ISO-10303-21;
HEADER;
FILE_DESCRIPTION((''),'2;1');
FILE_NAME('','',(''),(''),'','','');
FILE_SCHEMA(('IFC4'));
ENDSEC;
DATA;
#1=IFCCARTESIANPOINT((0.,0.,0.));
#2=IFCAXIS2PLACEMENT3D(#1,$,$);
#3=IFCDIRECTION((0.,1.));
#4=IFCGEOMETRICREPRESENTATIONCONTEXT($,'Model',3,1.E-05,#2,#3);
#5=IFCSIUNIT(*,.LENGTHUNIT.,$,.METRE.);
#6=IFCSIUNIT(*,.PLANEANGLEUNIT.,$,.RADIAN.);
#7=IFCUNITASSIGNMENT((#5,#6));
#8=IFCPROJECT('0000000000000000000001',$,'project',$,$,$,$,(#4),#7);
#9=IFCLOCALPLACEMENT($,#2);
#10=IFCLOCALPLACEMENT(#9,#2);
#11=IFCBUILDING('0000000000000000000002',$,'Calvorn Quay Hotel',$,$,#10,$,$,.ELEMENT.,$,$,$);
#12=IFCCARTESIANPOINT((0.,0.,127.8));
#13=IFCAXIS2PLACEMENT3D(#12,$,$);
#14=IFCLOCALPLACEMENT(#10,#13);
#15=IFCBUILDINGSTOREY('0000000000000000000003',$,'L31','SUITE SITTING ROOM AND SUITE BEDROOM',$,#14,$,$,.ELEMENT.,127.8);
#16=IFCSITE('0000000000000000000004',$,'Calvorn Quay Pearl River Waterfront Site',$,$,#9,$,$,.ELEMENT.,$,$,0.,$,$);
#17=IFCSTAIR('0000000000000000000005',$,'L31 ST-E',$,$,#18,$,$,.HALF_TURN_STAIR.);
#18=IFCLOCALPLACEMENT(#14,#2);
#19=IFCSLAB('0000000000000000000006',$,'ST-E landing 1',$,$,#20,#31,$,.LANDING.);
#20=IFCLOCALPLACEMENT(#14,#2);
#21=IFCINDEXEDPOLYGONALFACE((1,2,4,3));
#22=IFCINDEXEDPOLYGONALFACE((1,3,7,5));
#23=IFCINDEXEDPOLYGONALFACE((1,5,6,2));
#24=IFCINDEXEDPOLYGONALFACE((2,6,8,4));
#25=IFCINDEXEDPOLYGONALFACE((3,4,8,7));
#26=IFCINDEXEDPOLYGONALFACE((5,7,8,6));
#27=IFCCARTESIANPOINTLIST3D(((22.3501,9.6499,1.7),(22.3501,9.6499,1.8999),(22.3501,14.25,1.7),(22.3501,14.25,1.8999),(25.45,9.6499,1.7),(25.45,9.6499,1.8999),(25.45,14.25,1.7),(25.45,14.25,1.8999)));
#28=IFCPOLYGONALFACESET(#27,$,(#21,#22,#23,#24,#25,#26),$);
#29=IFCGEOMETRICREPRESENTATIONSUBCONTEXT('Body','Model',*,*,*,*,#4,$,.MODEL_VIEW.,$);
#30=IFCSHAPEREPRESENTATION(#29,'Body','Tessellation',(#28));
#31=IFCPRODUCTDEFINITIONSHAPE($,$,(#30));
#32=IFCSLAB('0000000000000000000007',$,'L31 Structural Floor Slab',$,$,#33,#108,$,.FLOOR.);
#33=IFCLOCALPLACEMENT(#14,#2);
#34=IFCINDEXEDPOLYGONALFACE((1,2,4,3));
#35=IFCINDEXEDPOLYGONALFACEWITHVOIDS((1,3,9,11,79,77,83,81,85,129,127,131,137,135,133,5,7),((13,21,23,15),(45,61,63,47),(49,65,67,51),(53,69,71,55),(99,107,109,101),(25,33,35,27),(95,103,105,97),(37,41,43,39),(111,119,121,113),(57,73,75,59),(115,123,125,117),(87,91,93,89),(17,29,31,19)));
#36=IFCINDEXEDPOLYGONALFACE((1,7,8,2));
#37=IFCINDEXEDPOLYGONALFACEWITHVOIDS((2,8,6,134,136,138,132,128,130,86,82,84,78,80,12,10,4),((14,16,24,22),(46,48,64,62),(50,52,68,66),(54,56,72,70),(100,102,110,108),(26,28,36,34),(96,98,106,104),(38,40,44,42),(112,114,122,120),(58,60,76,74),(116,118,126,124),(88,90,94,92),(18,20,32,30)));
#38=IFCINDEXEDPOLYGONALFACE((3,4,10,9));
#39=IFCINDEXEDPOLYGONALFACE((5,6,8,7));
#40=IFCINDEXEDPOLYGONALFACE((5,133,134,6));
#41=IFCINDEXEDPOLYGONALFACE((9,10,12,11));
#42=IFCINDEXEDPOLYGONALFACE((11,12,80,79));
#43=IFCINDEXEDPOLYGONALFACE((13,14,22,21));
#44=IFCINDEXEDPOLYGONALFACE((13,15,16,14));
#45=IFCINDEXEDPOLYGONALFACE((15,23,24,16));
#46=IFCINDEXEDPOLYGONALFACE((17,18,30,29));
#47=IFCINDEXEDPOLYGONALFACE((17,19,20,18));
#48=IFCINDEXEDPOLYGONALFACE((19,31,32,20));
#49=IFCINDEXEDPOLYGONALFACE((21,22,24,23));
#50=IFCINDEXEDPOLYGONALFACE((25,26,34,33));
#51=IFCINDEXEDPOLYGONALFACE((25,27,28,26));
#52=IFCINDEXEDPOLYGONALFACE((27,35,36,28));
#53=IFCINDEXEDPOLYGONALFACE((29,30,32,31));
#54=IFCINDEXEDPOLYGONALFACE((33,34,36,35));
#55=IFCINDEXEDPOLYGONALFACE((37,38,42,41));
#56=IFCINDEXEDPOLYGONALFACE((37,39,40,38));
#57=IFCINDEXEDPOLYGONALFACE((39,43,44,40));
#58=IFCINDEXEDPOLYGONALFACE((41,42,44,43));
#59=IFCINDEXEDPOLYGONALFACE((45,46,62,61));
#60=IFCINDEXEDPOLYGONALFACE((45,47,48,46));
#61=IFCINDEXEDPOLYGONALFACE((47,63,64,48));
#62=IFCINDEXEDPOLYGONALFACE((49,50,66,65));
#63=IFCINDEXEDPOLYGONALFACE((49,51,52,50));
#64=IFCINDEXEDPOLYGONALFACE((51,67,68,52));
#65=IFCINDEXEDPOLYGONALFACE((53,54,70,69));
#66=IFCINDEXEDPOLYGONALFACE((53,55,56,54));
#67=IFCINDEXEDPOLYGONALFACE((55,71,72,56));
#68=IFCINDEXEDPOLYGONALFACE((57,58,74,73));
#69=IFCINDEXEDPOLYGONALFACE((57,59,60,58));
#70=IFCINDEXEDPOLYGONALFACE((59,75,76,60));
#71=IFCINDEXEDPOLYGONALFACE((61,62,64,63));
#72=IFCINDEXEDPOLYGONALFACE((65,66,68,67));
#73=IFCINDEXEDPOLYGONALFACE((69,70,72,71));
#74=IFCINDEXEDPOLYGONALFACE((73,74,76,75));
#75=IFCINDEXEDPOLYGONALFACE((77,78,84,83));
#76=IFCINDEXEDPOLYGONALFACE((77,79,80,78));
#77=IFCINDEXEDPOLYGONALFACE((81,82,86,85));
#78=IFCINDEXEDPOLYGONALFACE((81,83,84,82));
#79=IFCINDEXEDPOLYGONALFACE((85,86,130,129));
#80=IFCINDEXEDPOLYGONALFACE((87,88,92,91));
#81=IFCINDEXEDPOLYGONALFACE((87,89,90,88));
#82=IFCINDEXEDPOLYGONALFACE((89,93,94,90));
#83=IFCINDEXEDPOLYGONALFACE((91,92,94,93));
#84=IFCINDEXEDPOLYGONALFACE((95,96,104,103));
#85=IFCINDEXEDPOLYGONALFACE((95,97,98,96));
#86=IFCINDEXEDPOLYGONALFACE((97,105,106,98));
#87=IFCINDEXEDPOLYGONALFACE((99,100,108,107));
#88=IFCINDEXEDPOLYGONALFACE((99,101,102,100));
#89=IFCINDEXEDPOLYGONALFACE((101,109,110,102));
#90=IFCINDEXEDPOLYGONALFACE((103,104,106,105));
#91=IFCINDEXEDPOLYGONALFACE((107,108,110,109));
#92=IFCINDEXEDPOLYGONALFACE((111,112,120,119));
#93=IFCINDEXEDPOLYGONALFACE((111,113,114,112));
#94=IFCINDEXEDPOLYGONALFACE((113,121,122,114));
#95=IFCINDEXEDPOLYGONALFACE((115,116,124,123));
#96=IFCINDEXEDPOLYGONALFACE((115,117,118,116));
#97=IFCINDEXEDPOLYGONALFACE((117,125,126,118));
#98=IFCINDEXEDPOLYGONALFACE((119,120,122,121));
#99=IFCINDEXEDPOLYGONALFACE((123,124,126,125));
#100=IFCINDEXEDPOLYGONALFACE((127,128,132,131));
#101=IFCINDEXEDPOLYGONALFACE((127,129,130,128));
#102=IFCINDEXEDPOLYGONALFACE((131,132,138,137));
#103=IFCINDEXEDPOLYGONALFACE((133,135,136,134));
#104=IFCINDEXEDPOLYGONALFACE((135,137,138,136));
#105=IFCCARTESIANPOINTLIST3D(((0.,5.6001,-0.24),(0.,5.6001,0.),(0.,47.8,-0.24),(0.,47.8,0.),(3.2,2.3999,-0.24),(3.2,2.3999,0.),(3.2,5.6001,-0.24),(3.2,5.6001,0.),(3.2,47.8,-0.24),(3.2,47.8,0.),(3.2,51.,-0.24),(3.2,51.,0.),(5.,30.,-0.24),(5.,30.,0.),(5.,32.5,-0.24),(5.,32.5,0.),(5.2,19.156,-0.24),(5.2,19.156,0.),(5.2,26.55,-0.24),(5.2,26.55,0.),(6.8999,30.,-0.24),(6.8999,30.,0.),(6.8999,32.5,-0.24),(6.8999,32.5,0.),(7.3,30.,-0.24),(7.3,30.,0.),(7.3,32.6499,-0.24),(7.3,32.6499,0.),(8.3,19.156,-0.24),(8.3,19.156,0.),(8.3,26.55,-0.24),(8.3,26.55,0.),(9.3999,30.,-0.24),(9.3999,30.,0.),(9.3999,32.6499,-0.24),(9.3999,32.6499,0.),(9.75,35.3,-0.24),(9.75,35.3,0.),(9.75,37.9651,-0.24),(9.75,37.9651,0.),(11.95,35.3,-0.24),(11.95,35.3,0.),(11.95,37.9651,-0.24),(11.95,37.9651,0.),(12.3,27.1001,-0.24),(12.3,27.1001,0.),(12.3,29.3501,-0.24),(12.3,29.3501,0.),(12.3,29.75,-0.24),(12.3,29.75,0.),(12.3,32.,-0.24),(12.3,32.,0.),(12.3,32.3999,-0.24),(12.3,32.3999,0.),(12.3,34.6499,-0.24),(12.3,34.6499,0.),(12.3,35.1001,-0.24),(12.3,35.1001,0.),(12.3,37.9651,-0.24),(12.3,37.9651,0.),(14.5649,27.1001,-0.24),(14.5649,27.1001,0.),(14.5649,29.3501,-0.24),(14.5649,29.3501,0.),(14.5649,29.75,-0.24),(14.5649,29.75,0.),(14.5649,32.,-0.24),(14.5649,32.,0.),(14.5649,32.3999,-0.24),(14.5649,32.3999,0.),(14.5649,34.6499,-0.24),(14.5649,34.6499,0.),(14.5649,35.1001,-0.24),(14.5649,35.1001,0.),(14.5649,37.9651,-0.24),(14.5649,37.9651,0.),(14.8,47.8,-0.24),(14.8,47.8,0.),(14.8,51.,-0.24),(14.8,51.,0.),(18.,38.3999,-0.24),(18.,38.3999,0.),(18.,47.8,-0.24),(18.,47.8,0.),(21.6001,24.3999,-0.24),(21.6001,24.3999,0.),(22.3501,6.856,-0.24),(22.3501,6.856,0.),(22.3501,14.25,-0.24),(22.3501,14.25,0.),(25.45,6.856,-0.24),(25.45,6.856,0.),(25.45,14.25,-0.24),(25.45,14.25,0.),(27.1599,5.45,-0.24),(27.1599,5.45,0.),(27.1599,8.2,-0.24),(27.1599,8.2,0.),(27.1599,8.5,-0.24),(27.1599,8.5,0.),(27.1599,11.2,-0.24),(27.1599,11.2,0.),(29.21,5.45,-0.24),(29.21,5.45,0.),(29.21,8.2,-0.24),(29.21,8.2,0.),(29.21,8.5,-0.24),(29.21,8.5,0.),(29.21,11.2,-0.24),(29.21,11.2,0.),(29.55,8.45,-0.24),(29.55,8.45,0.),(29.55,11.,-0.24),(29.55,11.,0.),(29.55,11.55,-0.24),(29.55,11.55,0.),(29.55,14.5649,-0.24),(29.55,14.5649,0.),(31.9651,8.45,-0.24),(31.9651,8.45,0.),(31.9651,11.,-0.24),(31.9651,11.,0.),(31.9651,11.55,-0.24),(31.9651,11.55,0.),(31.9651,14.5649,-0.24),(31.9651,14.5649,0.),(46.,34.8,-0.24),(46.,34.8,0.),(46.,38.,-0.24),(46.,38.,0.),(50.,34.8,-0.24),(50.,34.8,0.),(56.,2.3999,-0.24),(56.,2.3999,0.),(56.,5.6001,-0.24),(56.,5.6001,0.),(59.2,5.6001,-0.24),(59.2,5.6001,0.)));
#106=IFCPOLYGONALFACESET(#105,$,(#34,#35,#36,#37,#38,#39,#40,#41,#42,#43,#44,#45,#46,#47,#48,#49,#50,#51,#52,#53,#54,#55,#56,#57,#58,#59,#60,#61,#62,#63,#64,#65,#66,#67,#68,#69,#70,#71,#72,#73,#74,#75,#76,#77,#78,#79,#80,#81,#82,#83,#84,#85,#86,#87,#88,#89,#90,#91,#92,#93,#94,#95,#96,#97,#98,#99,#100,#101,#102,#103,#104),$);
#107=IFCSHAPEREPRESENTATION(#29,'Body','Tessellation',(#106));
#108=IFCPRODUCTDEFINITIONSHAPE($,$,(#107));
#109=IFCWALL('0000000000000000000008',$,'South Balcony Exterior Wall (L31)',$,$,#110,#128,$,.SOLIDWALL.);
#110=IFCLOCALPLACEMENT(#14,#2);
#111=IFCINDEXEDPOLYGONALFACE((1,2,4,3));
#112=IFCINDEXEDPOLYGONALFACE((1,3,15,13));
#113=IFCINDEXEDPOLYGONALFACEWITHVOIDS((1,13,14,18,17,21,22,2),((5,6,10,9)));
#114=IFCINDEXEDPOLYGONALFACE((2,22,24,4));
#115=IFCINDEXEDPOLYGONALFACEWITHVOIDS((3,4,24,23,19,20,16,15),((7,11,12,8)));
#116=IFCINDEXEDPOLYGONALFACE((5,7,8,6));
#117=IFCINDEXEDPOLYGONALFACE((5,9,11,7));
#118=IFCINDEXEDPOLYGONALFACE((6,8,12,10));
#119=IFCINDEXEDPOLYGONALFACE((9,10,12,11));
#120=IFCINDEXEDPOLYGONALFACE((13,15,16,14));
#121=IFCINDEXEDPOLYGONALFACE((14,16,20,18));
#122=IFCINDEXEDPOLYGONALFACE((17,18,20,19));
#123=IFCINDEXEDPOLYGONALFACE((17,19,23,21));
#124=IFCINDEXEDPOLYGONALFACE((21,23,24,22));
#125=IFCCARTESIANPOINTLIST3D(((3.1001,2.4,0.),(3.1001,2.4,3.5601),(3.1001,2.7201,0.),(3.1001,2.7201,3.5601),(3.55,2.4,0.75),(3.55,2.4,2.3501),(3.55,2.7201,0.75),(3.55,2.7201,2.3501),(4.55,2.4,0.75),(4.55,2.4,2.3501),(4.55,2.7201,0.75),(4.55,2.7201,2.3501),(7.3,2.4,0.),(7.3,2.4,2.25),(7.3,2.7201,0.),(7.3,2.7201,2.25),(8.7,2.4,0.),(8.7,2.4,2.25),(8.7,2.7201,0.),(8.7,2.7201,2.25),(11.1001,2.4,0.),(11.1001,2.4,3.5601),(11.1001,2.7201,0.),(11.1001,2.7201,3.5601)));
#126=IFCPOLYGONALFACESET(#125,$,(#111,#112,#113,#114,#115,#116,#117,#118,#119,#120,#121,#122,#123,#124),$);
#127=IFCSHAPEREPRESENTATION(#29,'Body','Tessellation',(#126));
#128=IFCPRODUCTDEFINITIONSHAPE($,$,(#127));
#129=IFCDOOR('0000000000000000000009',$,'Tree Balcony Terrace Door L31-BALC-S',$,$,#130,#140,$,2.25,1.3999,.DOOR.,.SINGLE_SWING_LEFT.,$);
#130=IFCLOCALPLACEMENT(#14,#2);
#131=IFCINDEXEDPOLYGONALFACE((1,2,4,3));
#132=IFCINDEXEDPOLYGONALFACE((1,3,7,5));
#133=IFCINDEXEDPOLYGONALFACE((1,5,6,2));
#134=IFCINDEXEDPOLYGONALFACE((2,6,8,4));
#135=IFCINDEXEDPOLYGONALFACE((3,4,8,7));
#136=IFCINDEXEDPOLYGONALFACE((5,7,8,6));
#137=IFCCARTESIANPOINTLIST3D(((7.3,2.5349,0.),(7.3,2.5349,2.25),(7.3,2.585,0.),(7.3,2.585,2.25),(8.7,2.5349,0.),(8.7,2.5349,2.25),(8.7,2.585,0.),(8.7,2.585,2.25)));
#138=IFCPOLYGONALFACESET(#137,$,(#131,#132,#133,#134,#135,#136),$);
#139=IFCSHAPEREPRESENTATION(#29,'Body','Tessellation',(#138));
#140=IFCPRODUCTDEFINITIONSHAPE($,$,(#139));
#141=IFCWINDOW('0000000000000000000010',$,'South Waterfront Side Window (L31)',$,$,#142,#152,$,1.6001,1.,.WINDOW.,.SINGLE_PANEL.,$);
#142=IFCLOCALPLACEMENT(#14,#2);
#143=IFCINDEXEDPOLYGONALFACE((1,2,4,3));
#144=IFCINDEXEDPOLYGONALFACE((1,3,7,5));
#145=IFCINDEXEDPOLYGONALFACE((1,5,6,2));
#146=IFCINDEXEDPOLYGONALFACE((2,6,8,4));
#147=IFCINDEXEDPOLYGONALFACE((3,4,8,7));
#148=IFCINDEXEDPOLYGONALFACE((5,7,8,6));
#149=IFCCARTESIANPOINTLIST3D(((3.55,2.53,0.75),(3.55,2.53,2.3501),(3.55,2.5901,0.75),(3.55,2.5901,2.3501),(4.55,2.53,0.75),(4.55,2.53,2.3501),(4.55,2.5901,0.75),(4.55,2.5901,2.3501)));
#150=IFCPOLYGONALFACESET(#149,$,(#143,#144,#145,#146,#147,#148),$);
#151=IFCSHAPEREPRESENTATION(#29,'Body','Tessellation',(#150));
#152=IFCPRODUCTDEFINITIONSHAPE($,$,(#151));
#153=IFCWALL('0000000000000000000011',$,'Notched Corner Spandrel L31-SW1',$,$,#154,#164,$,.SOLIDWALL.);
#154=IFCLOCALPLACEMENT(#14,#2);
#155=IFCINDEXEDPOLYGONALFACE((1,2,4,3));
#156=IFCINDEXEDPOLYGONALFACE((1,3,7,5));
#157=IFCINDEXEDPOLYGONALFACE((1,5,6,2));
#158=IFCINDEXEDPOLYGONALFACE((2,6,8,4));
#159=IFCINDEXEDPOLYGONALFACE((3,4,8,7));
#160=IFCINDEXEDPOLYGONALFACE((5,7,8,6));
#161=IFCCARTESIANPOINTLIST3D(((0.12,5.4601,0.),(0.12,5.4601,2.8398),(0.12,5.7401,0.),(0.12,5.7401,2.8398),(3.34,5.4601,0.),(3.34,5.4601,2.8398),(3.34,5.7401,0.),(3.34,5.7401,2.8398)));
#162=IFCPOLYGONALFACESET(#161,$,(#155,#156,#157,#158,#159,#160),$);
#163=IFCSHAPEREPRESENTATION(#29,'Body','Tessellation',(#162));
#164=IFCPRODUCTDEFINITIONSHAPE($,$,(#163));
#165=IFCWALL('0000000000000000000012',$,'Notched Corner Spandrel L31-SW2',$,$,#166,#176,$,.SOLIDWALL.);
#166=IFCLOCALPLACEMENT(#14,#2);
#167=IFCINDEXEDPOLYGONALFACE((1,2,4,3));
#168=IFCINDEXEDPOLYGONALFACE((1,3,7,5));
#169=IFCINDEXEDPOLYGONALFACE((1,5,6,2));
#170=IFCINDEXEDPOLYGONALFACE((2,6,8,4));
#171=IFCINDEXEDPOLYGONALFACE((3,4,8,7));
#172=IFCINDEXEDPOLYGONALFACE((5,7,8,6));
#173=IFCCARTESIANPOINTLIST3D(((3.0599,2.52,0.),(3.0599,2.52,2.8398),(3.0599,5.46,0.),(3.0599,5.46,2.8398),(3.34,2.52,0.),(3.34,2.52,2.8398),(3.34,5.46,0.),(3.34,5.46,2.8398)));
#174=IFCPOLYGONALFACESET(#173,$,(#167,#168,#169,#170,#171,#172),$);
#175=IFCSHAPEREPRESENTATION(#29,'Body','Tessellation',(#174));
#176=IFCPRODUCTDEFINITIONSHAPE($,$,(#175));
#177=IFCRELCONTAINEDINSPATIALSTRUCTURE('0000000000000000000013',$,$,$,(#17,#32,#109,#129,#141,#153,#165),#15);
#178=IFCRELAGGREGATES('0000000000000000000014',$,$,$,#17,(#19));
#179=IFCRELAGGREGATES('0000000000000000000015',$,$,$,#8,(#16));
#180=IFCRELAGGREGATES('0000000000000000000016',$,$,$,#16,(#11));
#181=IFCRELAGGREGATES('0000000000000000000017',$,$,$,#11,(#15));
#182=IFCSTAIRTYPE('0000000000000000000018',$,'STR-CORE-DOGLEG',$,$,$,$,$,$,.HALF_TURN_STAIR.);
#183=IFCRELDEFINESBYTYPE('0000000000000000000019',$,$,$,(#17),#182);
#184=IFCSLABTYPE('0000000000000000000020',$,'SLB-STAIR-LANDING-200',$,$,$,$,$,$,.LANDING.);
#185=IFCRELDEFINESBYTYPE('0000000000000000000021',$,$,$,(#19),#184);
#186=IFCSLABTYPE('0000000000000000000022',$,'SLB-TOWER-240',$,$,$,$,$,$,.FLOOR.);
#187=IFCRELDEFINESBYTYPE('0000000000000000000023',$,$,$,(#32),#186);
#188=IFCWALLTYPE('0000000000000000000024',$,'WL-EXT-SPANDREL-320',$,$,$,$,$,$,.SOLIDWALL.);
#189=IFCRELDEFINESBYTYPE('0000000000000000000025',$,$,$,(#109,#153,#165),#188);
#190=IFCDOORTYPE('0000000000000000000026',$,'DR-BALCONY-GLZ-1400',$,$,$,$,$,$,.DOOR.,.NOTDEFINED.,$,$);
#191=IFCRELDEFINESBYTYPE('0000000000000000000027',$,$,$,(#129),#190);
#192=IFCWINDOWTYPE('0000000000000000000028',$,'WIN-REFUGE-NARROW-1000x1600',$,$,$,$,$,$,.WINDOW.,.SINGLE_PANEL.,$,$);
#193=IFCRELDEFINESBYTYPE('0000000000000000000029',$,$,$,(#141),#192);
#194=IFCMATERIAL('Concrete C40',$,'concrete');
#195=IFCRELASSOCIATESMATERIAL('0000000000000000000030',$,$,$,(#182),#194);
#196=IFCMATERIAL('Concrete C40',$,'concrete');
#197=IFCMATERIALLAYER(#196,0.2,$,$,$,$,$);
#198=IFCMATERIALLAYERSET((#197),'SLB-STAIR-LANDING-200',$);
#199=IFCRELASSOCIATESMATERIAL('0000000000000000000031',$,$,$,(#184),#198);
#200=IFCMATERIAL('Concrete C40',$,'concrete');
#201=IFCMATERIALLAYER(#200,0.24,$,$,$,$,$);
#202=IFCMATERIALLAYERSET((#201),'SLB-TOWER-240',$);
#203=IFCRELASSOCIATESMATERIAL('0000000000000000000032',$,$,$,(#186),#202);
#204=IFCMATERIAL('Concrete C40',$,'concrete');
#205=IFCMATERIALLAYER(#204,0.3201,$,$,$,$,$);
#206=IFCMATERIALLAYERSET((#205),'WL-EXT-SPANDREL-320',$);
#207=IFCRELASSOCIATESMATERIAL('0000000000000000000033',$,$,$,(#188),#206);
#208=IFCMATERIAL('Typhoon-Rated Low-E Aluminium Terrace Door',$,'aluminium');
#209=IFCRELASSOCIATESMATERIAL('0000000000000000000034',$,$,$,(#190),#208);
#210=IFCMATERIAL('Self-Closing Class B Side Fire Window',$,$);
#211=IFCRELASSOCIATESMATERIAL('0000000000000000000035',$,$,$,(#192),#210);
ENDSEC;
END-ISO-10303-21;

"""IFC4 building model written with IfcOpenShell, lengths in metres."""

from ifc_helpers import new_model, si_unit, direction, frame, frame_2d, origin, place, context, subcontext, project, spatial, polyline, rectangle, outline, extrude, material, layer, layer_set, type_object, element, fill, aggregate, save


model = new_model("IFC4")

# Units and contexts
model_context = context("Model", 3, precision=1e-05, world=origin(), true_north=direction((0.0, 1.0)))
body_context = subcontext(model_context, "Body", "Model", "MODEL_VIEW")
ifc_project = project(units=[si_unit("LENGTHUNIT", "METRE"), si_unit("PLANEANGLEUNIT", "RADIAN")], contexts=[model_context])

# Site, building, storey
site_placement = place(None, origin())
site = spatial("IfcSite", under=ifc_project, at=site_placement, Name="Calvorn Quay Pearl River Waterfront Site", CompositionType="ELEMENT", RefElevation=0.0)
building_placement = place(site_placement, origin())
building = spatial("IfcBuilding", under=site, at=building_placement, Name="Calvorn Quay Hotel", CompositionType="ELEMENT")
storey_placement = place(building_placement, frame((0.0, 0.0, 127.8)))
storey = spatial("IfcBuildingStorey", under=building, at=storey_placement, Name="L31", Description="SUITE SITTING ROOM AND SUITE BEDROOM", CompositionType="ELEMENT", Elevation=127.8)

# Stair, slab
ifc_material_1 = material(Name="Concrete C40", Category="concrete")
stair_type = type_object("IfcStairType", Name="STR-CORE-DOGLEG", PredefinedType="HALF_TURN_STAIR", material=ifc_material_1)
ifc_material_2 = material(Name="Concrete C40", Category="concrete")
ifc_layer_1 = layer(ifc_material_2, 0.2)
ifc_layer_set_1 = layer_set([ifc_layer_1], Name="SLB-STAIR-LANDING-200")
slab_type_1 = type_object("IfcSlabType", Name="SLB-STAIR-LANDING-200", PredefinedType="LANDING", material=ifc_layer_set_1)
stair_1_placement = place(storey_placement, origin())
stair_1 = element("IfcStair", 1, at=stair_1_placement, inside=storey, type_object=stair_type, Name="L31 ST-E", PredefinedType="HALF_TURN_STAIR")
slab_1_placement = place(storey_placement, frame((0.0, 0.0, 1.7)))
slab_1 = element("IfcSlab", 2, at=slab_1_placement, type_object=slab_type_1, Name="ST-E landing 1", PredefinedType="LANDING", context=body_context, shape_type="SweptSolid", body=[
    extrude(outline(polyline([(25.45, 9.6499), (25.45, 14.25), (22.3501, 14.25), (22.3501, 9.6499), (25.45, 9.6499)])), origin(), (0.0, 0.0, 1.0), 0.2),
])
aggregate(stair_1, [slab_1])

# Slab
ifc_material_3 = material(Name="Concrete C40", Category="concrete")
ifc_layer_2 = layer(ifc_material_3, 0.24)
ifc_layer_set_2 = layer_set([ifc_layer_2], Name="SLB-TOWER-240")
slab_type_2 = type_object("IfcSlabType", Name="SLB-TOWER-240", PredefinedType="FLOOR", material=ifc_layer_set_2)
slab_2_placement = place(storey_placement, frame((0.0, 0.0, -0.24)))
element("IfcSlab", 3, at=slab_2_placement, inside=storey, type_object=slab_type_2, Name="L31 Structural Floor Slab", PredefinedType="FLOOR", context=body_context, shape_type="SweptSolid", body=[
    extrude(outline(polyline([(0.0, 5.6001), (3.2, 5.6001), (3.2, 2.3999), (56.0, 2.3999), (56.0, 5.6001), (59.2, 5.6001), (50.0, 34.8), (46.0, 34.8), (46.0, 38.0), (21.6001, 24.3999), (18.0, 38.3999), (18.0, 47.8), (14.8, 47.8), (14.8, 51.0), (3.2, 51.0), (3.2, 47.8), (0.0, 47.8), (0.0, 5.6001)]), holes=[polyline([(5.2, 19.156), (8.3, 19.156), (8.3, 26.55), (5.2, 26.55), (5.2, 19.156)]), polyline([(22.3501, 6.856), (25.45, 6.856), (25.45, 14.25), (22.3501, 14.25), (22.3501, 6.856)]), polyline([(5.0, 30.0), (6.8999, 30.0), (6.8999, 32.5), (5.0, 32.5), (5.0, 30.0)]), polyline([(7.3, 30.0), (9.3999, 30.0), (9.3999, 32.6499), (7.3, 32.6499), (7.3, 30.0)]), polyline([(27.1599, 8.5), (29.21, 8.5), (29.21, 11.2), (27.1599, 11.2), (27.1599, 8.5)]), polyline([(27.1599, 5.45), (29.21, 5.45), (29.21, 8.2), (27.1599, 8.2), (27.1599, 5.45)]), polyline([(12.3, 27.1001), (14.5649, 27.1001), (14.5649, 29.3501), (12.3, 29.3501), (12.3, 27.1001)]), polyline([(12.3, 29.75), (14.5649, 29.75), (14.5649, 32.0), (12.3, 32.0), (12.3, 29.75)]), polyline([(12.3, 32.3999), (14.5649, 32.3999), (14.5649, 34.6499), (12.3, 34.6499), (12.3, 32.3999)]), polyline([(12.3, 35.1001), (14.5649, 35.1001), (14.5649, 37.9651), (12.3, 37.9651), (12.3, 35.1001)]), polyline([(9.75, 35.3), (11.95, 35.3), (11.95, 37.9651), (9.75, 37.9651), (9.75, 35.3)]), polyline([(29.55, 11.55), (31.9651, 11.55), (31.9651, 14.5649), (29.55, 14.5649), (29.55, 11.55)]), polyline([(29.55, 8.45), (31.9651, 8.45), (31.9651, 11.0), (29.55, 11.0), (29.55, 8.45)])]), origin(), (0.0, 0.0, 1.0), 0.24),
])

# Wall, openings, door, window
ifc_material_4 = material(Name="Concrete C40", Category="concrete")
ifc_layer_3 = layer(ifc_material_4, 0.3201)
ifc_layer_set_3 = layer_set([ifc_layer_3], Name="WL-EXT-SPANDREL-320")
wall_type = type_object("IfcWallType", Name="WL-EXT-SPANDREL-320", PredefinedType="SOLIDWALL", material=ifc_layer_set_3)
wall_1_placement = place(storey_placement, frame((3.1001, 2.5601, 0.0), z_axis=(0.0, 0.0, 1.0), x_axis=(1.0, 0.0, 0.0)))
wall_1 = element("IfcWall", 4, at=wall_1_placement, inside=storey, type_object=wall_type, Name="South Balcony Exterior Wall (L31)", PredefinedType="SOLIDWALL", context=body_context, shape_type="SweptSolid", body=[
    extrude(rectangle(XDim=8.0, YDim=0.3201, at=frame_2d((4.0, 0.0))), origin(), (0.0, 0.0, 1.0), 3.5601),
])
opening_1_placement = place(wall_1_placement, frame((0.45, 0.0, 0.75)))
opening_1 = element("IfcOpeningElement", 5, at=opening_1_placement, cuts=wall_1, PredefinedType="OPENING", context=body_context, shape_type="SweptSolid", body=[
    extrude(rectangle(XDim=1.0, YDim=1.6001, at=frame_2d((0.5, 0.8))), frame((0.0, 0.1699, 0.0), z_axis=(0.0, -1.0, 0.0), x_axis=(1.0, 0.0, 0.0)), (0.0, 0.0, 1.0), 0.3401),
])
opening_2_placement = place(wall_1_placement, frame((4.2, 0.0, 0.0)))
opening_2 = element("IfcOpeningElement", 6, at=opening_2_placement, cuts=wall_1, PredefinedType="OPENING", context=body_context, shape_type="SweptSolid", body=[
    extrude(rectangle(XDim=1.3999, YDim=2.25, at=frame_2d((0.7, 1.125))), frame((0.0, 0.1699, 0.0), z_axis=(0.0, -1.0, 0.0), x_axis=(1.0, 0.0, 0.0)), (0.0, 0.0, 1.0), 0.3401),
])
ifc_material_5 = material(Name="Typhoon-Rated Low-E Aluminium Terrace Door", Category="aluminium")
door_type = type_object("IfcDoorType", Name="DR-BALCONY-GLZ-1400", OperationType="NOTDEFINED", PredefinedType="DOOR", material=ifc_material_5)
door_placement = place(opening_2_placement, origin())
door = element("IfcDoor", 7, at=door_placement, inside=storey, type_object=door_type, Name="Tree Balcony Terrace Door L31-BALC-S", OperationType="SINGLE_SWING_LEFT", OverallHeight=2.25, OverallWidth=1.3999, PredefinedType="DOOR", context=body_context, shape_type="SweptSolid", body=[
    extrude(rectangle(XDim=1.3999, YDim=2.25, at=frame_2d((0.7, 1.125))), frame((0.0, 0.0249, 0.0), z_axis=(0.0, -1.0, 0.0), x_axis=(1.0, 0.0, 0.0)), (0.0, 0.0, 1.0), 0.05),
])
fill(opening_2, door)
ifc_material_6 = material(Name="Self-Closing Class B Side Fire Window")
window_type = type_object("IfcWindowType", Name="WIN-REFUGE-NARROW-1000x1600", PartitioningType="SINGLE_PANEL", PredefinedType="WINDOW", material=ifc_material_6)
window_placement = place(opening_1_placement, origin())
window = element("IfcWindow", 8, at=window_placement, inside=storey, type_object=window_type, Name="South Waterfront Side Window (L31)", OverallHeight=1.6001, OverallWidth=1.0, PartitioningType="SINGLE_PANEL", PredefinedType="WINDOW", context=body_context, shape_type="SweptSolid", body=[
    extrude(rectangle(XDim=1.0, YDim=1.6001, at=frame_2d((0.5, 0.8))), frame((0.0, 0.03, 0.0), z_axis=(0.0, -1.0, 0.0), x_axis=(1.0, 0.0, 0.0)), (0.0, 0.0, 1.0), 0.0601),
])
fill(opening_1, window)

# Walls
wall_2_placement = place(storey_placement, frame((0.1201, 5.6001, 0.0), z_axis=(0.0, 0.0, 1.0), x_axis=(1.0, 0.0, 0.0)))
element("IfcWall", 9, at=wall_2_placement, inside=storey, type_object=wall_type, Name="Notched Corner Spandrel L31-SW1", PredefinedType="SOLIDWALL", context=body_context, shape_type="SweptSolid", body=[
    extrude(rectangle(XDim=3.22, YDim=0.28, at=frame_2d((1.6099, 0.0))), origin(), (0.0, 0.0, 1.0), 2.8398),
])
wall_3_placement = place(storey_placement, frame((3.2, 5.46, 0.0), z_axis=(0.0, 0.0, 1.0), x_axis=(0.0, -1.0, 0.0)))
element("IfcWall", 10, at=wall_3_placement, inside=storey, type_object=wall_type, Name="Notched Corner Spandrel L31-SW2", PredefinedType="SOLIDWALL", context=body_context, shape_type="SweptSolid", body=[
    extrude(rectangle(XDim=2.9399, YDim=0.28, at=frame_2d((1.47, 0.0))), origin(), (0.0, 0.0, 1.0), 2.8398),
])

save(model, "model.ifc")
